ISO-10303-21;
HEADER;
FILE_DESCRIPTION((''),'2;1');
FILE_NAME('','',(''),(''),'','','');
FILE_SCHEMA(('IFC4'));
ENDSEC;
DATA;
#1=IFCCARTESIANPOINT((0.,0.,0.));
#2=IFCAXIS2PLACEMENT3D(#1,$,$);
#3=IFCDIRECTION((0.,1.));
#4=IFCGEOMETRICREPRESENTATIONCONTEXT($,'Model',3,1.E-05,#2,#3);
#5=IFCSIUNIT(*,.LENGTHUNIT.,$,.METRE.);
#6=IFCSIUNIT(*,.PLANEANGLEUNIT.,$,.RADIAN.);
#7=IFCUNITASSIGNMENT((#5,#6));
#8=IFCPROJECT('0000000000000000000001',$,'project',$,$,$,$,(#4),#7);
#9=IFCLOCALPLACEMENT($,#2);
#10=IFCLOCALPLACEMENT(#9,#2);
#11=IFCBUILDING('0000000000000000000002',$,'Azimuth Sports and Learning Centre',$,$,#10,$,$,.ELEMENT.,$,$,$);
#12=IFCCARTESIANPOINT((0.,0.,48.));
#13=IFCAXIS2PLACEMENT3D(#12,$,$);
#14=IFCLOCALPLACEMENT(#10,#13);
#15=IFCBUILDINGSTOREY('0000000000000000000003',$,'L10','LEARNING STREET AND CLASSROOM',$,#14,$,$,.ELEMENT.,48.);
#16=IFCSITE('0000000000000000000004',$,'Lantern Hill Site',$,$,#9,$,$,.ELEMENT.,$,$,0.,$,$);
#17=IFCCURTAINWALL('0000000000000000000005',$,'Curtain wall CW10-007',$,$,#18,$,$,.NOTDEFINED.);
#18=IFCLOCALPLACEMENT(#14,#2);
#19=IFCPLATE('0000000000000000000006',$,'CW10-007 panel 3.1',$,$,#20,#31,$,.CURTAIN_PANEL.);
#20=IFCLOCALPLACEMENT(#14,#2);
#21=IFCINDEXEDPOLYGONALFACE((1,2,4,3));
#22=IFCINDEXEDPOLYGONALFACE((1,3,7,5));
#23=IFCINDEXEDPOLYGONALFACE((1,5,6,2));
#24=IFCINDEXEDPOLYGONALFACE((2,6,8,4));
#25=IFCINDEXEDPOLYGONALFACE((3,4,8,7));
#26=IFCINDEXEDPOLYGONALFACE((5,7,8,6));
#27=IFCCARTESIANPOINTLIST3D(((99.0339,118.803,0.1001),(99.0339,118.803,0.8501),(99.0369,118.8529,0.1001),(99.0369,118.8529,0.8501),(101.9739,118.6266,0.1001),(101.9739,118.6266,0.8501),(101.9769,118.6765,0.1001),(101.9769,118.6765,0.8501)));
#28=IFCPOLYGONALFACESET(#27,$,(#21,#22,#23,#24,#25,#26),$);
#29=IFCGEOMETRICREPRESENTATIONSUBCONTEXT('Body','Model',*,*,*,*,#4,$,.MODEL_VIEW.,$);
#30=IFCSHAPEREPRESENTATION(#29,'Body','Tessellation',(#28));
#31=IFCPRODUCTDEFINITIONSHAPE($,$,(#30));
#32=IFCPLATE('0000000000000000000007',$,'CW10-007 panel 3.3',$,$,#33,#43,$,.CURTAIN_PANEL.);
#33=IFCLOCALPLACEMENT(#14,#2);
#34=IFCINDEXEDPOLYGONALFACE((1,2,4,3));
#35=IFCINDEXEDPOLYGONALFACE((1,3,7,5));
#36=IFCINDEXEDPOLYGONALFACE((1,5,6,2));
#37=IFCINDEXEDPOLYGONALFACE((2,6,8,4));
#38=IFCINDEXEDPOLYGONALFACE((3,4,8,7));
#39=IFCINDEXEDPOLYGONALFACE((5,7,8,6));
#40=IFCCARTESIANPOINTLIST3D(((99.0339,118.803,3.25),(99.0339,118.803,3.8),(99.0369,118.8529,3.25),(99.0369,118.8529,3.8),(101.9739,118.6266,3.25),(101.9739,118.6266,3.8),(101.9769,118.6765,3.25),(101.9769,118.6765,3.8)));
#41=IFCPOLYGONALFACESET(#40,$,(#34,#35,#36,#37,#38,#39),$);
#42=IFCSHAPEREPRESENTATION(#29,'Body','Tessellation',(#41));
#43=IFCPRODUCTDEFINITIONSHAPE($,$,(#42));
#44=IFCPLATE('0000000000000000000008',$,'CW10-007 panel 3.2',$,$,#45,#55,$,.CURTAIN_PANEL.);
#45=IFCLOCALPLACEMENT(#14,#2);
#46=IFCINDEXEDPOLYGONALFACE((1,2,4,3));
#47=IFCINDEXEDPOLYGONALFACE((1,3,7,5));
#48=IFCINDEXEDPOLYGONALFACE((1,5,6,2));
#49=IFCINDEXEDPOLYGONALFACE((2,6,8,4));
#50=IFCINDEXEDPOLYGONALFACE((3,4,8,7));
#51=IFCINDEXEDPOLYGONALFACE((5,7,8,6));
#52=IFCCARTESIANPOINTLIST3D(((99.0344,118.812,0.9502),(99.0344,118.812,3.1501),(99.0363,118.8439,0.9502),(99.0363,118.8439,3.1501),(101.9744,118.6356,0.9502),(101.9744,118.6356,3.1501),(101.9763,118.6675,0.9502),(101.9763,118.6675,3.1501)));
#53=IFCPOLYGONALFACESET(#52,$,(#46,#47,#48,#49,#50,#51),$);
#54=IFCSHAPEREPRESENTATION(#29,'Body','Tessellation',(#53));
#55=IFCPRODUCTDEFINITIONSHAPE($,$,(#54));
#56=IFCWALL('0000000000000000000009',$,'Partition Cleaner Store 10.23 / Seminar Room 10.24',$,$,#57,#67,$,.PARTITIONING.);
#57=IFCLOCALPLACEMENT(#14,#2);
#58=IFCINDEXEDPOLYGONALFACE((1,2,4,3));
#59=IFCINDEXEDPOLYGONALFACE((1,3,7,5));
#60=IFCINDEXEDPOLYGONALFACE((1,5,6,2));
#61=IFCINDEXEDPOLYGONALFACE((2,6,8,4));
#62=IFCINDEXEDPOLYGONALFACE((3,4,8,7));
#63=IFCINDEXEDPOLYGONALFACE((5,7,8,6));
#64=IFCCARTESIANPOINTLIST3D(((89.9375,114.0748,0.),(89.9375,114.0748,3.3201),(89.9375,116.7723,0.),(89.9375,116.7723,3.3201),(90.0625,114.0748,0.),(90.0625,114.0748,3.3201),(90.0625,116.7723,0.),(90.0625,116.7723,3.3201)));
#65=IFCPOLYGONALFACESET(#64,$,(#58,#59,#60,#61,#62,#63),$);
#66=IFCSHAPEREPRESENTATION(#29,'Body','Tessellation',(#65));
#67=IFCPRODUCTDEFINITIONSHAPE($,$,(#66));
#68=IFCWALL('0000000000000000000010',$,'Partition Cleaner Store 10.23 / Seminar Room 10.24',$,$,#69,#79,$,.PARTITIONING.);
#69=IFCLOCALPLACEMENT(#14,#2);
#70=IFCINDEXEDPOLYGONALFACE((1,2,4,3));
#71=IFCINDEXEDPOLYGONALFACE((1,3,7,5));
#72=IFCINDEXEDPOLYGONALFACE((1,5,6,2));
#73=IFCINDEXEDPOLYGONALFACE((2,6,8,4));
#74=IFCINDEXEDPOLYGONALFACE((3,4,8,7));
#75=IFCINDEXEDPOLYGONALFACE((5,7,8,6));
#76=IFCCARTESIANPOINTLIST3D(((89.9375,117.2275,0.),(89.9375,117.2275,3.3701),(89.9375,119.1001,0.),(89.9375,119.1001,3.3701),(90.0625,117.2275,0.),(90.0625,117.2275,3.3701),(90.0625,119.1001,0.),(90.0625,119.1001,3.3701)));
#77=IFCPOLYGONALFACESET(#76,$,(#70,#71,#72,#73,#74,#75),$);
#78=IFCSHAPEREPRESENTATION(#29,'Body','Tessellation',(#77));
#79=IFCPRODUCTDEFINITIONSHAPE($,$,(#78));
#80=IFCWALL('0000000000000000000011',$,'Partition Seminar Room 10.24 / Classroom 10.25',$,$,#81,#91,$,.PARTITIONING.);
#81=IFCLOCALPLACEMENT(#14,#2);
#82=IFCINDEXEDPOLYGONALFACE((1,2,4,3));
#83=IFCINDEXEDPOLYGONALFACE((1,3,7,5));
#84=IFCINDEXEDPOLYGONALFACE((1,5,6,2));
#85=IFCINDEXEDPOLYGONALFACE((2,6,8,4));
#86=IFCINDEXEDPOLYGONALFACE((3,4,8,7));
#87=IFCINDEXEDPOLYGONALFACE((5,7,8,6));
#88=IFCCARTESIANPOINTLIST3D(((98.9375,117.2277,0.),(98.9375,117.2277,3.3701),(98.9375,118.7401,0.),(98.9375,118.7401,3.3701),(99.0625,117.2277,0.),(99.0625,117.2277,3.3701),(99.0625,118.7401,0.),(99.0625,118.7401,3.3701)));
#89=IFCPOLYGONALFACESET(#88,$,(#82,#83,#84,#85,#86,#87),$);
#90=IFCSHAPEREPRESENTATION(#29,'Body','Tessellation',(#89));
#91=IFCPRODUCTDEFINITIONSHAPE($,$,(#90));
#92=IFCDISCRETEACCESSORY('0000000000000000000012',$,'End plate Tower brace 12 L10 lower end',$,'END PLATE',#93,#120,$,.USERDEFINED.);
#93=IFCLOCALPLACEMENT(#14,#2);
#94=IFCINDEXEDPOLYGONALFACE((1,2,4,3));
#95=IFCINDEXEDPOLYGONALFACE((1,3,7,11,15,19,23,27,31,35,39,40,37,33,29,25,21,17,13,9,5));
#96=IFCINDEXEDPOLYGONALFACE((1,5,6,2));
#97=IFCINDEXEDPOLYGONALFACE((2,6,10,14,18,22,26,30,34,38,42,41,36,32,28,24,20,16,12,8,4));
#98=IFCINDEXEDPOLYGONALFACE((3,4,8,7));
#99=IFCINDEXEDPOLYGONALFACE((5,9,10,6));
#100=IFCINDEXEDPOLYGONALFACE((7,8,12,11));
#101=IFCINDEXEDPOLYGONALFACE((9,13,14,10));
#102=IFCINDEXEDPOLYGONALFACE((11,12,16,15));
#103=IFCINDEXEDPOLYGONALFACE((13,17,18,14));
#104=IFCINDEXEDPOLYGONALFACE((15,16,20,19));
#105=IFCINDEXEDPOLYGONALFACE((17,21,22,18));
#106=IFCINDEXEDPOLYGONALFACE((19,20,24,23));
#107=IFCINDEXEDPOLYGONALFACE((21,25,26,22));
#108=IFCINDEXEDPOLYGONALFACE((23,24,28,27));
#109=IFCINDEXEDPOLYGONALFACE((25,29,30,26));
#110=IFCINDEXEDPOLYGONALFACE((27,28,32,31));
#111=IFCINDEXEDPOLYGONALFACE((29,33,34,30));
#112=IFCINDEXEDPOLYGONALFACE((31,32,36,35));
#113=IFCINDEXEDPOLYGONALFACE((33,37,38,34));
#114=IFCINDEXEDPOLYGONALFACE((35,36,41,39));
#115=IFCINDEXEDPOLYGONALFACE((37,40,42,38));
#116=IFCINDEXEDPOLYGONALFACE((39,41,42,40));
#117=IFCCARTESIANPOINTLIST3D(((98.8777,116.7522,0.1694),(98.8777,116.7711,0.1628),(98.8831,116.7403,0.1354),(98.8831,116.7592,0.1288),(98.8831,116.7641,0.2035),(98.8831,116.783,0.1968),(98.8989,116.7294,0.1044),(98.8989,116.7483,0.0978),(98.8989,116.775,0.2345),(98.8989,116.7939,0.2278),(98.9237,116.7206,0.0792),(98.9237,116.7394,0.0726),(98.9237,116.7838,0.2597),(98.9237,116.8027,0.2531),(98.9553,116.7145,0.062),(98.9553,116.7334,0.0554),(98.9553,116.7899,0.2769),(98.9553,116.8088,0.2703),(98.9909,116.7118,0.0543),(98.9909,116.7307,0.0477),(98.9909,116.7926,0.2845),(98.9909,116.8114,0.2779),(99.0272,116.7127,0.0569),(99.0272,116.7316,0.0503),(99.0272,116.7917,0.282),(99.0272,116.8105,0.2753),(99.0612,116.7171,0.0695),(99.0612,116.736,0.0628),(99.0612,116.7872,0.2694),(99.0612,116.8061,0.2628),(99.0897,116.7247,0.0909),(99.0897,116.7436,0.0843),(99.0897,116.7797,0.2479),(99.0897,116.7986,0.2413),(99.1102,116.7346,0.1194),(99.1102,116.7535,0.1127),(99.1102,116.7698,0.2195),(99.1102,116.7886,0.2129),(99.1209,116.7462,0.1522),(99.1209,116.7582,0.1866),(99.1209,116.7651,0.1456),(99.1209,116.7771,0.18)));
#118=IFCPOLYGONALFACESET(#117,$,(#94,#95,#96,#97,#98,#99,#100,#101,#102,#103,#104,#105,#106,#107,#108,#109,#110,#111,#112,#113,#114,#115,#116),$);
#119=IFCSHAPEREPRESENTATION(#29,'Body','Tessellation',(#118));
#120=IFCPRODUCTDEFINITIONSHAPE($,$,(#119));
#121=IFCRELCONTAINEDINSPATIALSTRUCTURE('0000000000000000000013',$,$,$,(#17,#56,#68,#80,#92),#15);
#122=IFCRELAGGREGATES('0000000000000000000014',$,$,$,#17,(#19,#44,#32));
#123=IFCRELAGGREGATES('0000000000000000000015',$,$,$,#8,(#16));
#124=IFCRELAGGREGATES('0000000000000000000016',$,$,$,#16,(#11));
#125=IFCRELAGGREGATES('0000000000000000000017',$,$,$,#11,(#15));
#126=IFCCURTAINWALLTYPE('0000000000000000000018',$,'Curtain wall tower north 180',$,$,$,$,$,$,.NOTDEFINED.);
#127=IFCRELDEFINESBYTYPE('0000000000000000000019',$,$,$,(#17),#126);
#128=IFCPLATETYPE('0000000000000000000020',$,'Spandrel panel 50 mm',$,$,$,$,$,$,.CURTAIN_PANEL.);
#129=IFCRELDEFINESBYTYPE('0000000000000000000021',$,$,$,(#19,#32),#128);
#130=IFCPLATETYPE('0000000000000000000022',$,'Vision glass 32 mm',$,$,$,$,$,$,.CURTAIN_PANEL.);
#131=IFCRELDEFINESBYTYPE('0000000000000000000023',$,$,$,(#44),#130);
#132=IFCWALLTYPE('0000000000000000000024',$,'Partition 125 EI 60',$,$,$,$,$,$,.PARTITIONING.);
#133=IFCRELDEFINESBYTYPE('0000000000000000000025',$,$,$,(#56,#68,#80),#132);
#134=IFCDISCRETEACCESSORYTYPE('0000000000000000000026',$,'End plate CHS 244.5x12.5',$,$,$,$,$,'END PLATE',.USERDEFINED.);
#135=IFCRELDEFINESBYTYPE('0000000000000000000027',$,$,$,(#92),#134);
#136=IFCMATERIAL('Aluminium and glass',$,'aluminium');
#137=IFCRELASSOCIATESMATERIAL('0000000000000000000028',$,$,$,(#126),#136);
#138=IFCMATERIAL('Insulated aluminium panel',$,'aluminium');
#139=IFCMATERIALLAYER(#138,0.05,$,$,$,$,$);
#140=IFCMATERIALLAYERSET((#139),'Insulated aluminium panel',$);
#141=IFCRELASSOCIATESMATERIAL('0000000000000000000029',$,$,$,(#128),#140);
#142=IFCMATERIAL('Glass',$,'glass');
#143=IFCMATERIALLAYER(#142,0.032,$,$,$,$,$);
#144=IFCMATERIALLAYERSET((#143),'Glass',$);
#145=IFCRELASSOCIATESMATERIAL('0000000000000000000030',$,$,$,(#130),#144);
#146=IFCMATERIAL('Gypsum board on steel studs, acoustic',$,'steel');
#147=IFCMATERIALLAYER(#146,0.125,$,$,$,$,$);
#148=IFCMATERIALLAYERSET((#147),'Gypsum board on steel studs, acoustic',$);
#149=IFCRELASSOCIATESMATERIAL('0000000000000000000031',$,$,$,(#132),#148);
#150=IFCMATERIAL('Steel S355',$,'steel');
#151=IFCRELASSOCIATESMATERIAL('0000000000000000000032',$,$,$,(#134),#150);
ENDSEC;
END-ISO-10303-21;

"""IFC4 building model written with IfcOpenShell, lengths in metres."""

from ifc_helpers import new_model, si_unit, direction, frame, frame_2d, origin, origin_2d, place, context, subcontext, project, spatial, rectangle, circle, extrude, material, layer, layer_set, material_profile, profile_set, type_object, element, aggregate, save


model = new_model("IFC4")

# Units and contexts
model_context = context("Model", 3, precision=1e-05, world=origin(), true_north=direction((0.0, 1.0)))
body_context = subcontext(model_context, "Body", "Model", "MODEL_VIEW")
ifc_project = project(units=[si_unit("LENGTHUNIT", "METRE"), si_unit("PLANEANGLEUNIT", "RADIAN")], contexts=[model_context])

# Site, building, storey
site_placement = place(None, origin())
site = spatial("IfcSite", under=ifc_project, at=site_placement, Name="Lantern Hill Site", CompositionType="ELEMENT", RefElevation=0.0)
building_placement = place(site_placement, origin())
building = spatial("IfcBuilding", under=site, at=building_placement, Name="Azimuth Sports and Learning Centre", CompositionType="ELEMENT")
storey_placement = place(building_placement, frame((0.0, 0.0, 48.0)))
storey = spatial("IfcBuildingStorey", under=building, at=storey_placement, Name="L10", Description="LEARNING STREET AND CLASSROOM", CompositionType="ELEMENT", Elevation=48.0)

# Curtain wall, plates
ifc_material_1 = material(Name="Aluminium and glass", Category="aluminium")
curtain_wall_type = type_object("IfcCurtainWallType", Name="Curtain wall tower north 180", PredefinedType="NOTDEFINED", material=ifc_material_1)
curtain_wall_placement = place(storey_placement, origin())
curtain_wall = element("IfcCurtainWall", 1, at=curtain_wall_placement, inside=storey, type_object=curtain_wall_type, Name="Curtain wall CW10-007", PredefinedType="NOTDEFINED")
ifc_material_2 = material(Name="Insulated aluminium panel", Category="aluminium")
ifc_layer_1 = layer(ifc_material_2, 0.05)
ifc_layer_set_1 = layer_set([ifc_layer_1], Name="Insulated aluminium panel")
plate_type_1 = type_object("IfcPlateType", Name="Spandrel panel 50 mm", PredefinedType="CURTAIN_PANEL", material=ifc_layer_set_1)
plate_1_placement = place(storey_placement, frame((100.5054, 118.7397, 0.1001), z_axis=(0.0, 0.0, 1.0), x_axis=(-0.998205, 0.059892, 0.0)))
plate_1 = element("IfcPlate", 2, at=plate_1_placement, type_object=plate_type_1, Name="CW10-007 panel 3.1", PredefinedType="CURTAIN_PANEL", context=body_context, shape_type="SweptSolid", body=[
    extrude(rectangle(XDim=2.9453, YDim=0.05, at=origin_2d()), origin(), (0.0, 0.0, 1.0), 0.75),
])
plate_2_placement = place(storey_placement, frame((100.5054, 118.7397, 3.25), z_axis=(0.0, 0.0, 1.0), x_axis=(-0.998205, 0.059892, 0.0)))
plate_2 = element("IfcPlate", 3, at=plate_2_placement, type_object=plate_type_1, Name="CW10-007 panel 3.3", PredefinedType="CURTAIN_PANEL", context=body_context, shape_type="SweptSolid", body=[
    extrude(rectangle(XDim=2.9453, YDim=0.05, at=origin_2d()), origin(), (0.0, 0.0, 1.0), 0.55),
])
ifc_material_3 = material(Name="Glass", Category="glass")
ifc_layer_2 = layer(ifc_material_3, 0.032)
ifc_layer_set_2 = layer_set([ifc_layer_2], Name="Glass")
plate_type_2 = type_object("IfcPlateType", Name="Vision glass 32 mm", PredefinedType="CURTAIN_PANEL", material=ifc_layer_set_2)
plate_3_placement = place(storey_placement, frame((100.5054, 118.7397, 0.9502), z_axis=(0.0, 0.0, 1.0), x_axis=(-0.998205, 0.059892, 0.0)))
plate_3 = element("IfcPlate", 4, at=plate_3_placement, type_object=plate_type_2, Name="CW10-007 panel 3.2", PredefinedType="CURTAIN_PANEL", context=body_context, shape_type="SweptSolid", body=[
    extrude(rectangle(XDim=2.9453, YDim=0.032, at=origin_2d()), origin(), (0.0, 0.0, 1.0), 2.2),
])
aggregate(curtain_wall, [plate_1, plate_3, plate_2])

# Walls
ifc_material_4 = material(Name="Gypsum board on steel studs, acoustic", Category="steel")
ifc_layer_3 = layer(ifc_material_4, 0.125)
ifc_layer_set_3 = layer_set([ifc_layer_3], Name="Gypsum board on steel studs, acoustic")
wall_type = type_object("IfcWallType", Name="Partition 125 EI 60", PredefinedType="PARTITIONING", material=ifc_layer_set_3)
wall_1_placement = place(storey_placement, frame((90.0, 114.075, 0.0), z_axis=(0.0, 0.0, 1.0), x_axis=(0.0, 1.0, 0.0)))
element("IfcWall", 5, at=wall_1_placement, inside=storey, type_object=wall_type, Name="Partition Cleaner Store 10.23 / Seminar Room 10.24", PredefinedType="PARTITIONING", context=body_context, shape_type="SweptSolid", body=[
    extrude(rectangle(XDim=2.6975, YDim=0.125, at=frame_2d((1.3486, 0.0))), origin(), (0.0, 0.0, 1.0), 3.3201),
])
wall_2_placement = place(storey_placement, frame((90.0, 117.2275, 0.0), z_axis=(0.0, 0.0, 1.0), x_axis=(0.0, 1.0, 0.0)))
element("IfcWall", 6, at=wall_2_placement, inside=storey, type_object=wall_type, Name="Partition Cleaner Store 10.23 / Seminar Room 10.24", PredefinedType="PARTITIONING", context=body_context, shape_type="SweptSolid", body=[
    extrude(rectangle(XDim=1.8726, YDim=0.125, at=frame_2d((0.9363, 0.0))), origin(), (0.0, 0.0, 1.0), 3.3701),
])
wall_3_placement = place(storey_placement, frame((99.0, 117.2275, 0.0), z_axis=(0.0, 0.0, 1.0), x_axis=(0.0, 1.0, 0.0)))
element("IfcWall", 7, at=wall_3_placement, inside=storey, type_object=wall_type, Name="Partition Seminar Room 10.24 / Classroom 10.25", PredefinedType="PARTITIONING", context=body_context, shape_type="SweptSolid", body=[
    extrude(rectangle(XDim=1.5125, YDim=0.125, at=frame_2d((0.7563, 0.0))), origin(), (0.0, 0.0, 1.0), 3.3701),
])

# Discrete accessory
ifc_material_5 = material(Name="Steel S355", Category="steel")
ifc_material_profile_1 = material_profile(ifc_material_5, circle(Radius=0.1223, at=origin_2d()), Name="PL 244 DISC")
ifc_profile_set_1 = profile_set([ifc_material_profile_1], Name="Steel S355")
discrete_accessory_type = type_object("IfcDiscreteAccessoryType", Name="End plate CHS 244.5x12.5", ElementType="END PLATE", PredefinedType="USERDEFINED", material=ifc_profile_set_1)
discrete_accessory_placement = place(storey_placement, frame((99.0, 116.7522, 0.1694), z_axis=(0.0, 0.943667, -0.330896), x_axis=(-1.0, 0.0, 0.0)))
element("IfcDiscreteAccessory", 8, at=discrete_accessory_placement, inside=storey, type_object=discrete_accessory_type, Name="End plate Tower brace 12 L10 lower end", ObjectType="END PLATE", PredefinedType="USERDEFINED", context=body_context, shape_type="SweptSolid", body=[
    extrude(circle(Radius=0.1223, at=origin_2d()), origin(), (0.0, 0.0, 1.0), 0.02),
])

save(model, "model.ifc")
